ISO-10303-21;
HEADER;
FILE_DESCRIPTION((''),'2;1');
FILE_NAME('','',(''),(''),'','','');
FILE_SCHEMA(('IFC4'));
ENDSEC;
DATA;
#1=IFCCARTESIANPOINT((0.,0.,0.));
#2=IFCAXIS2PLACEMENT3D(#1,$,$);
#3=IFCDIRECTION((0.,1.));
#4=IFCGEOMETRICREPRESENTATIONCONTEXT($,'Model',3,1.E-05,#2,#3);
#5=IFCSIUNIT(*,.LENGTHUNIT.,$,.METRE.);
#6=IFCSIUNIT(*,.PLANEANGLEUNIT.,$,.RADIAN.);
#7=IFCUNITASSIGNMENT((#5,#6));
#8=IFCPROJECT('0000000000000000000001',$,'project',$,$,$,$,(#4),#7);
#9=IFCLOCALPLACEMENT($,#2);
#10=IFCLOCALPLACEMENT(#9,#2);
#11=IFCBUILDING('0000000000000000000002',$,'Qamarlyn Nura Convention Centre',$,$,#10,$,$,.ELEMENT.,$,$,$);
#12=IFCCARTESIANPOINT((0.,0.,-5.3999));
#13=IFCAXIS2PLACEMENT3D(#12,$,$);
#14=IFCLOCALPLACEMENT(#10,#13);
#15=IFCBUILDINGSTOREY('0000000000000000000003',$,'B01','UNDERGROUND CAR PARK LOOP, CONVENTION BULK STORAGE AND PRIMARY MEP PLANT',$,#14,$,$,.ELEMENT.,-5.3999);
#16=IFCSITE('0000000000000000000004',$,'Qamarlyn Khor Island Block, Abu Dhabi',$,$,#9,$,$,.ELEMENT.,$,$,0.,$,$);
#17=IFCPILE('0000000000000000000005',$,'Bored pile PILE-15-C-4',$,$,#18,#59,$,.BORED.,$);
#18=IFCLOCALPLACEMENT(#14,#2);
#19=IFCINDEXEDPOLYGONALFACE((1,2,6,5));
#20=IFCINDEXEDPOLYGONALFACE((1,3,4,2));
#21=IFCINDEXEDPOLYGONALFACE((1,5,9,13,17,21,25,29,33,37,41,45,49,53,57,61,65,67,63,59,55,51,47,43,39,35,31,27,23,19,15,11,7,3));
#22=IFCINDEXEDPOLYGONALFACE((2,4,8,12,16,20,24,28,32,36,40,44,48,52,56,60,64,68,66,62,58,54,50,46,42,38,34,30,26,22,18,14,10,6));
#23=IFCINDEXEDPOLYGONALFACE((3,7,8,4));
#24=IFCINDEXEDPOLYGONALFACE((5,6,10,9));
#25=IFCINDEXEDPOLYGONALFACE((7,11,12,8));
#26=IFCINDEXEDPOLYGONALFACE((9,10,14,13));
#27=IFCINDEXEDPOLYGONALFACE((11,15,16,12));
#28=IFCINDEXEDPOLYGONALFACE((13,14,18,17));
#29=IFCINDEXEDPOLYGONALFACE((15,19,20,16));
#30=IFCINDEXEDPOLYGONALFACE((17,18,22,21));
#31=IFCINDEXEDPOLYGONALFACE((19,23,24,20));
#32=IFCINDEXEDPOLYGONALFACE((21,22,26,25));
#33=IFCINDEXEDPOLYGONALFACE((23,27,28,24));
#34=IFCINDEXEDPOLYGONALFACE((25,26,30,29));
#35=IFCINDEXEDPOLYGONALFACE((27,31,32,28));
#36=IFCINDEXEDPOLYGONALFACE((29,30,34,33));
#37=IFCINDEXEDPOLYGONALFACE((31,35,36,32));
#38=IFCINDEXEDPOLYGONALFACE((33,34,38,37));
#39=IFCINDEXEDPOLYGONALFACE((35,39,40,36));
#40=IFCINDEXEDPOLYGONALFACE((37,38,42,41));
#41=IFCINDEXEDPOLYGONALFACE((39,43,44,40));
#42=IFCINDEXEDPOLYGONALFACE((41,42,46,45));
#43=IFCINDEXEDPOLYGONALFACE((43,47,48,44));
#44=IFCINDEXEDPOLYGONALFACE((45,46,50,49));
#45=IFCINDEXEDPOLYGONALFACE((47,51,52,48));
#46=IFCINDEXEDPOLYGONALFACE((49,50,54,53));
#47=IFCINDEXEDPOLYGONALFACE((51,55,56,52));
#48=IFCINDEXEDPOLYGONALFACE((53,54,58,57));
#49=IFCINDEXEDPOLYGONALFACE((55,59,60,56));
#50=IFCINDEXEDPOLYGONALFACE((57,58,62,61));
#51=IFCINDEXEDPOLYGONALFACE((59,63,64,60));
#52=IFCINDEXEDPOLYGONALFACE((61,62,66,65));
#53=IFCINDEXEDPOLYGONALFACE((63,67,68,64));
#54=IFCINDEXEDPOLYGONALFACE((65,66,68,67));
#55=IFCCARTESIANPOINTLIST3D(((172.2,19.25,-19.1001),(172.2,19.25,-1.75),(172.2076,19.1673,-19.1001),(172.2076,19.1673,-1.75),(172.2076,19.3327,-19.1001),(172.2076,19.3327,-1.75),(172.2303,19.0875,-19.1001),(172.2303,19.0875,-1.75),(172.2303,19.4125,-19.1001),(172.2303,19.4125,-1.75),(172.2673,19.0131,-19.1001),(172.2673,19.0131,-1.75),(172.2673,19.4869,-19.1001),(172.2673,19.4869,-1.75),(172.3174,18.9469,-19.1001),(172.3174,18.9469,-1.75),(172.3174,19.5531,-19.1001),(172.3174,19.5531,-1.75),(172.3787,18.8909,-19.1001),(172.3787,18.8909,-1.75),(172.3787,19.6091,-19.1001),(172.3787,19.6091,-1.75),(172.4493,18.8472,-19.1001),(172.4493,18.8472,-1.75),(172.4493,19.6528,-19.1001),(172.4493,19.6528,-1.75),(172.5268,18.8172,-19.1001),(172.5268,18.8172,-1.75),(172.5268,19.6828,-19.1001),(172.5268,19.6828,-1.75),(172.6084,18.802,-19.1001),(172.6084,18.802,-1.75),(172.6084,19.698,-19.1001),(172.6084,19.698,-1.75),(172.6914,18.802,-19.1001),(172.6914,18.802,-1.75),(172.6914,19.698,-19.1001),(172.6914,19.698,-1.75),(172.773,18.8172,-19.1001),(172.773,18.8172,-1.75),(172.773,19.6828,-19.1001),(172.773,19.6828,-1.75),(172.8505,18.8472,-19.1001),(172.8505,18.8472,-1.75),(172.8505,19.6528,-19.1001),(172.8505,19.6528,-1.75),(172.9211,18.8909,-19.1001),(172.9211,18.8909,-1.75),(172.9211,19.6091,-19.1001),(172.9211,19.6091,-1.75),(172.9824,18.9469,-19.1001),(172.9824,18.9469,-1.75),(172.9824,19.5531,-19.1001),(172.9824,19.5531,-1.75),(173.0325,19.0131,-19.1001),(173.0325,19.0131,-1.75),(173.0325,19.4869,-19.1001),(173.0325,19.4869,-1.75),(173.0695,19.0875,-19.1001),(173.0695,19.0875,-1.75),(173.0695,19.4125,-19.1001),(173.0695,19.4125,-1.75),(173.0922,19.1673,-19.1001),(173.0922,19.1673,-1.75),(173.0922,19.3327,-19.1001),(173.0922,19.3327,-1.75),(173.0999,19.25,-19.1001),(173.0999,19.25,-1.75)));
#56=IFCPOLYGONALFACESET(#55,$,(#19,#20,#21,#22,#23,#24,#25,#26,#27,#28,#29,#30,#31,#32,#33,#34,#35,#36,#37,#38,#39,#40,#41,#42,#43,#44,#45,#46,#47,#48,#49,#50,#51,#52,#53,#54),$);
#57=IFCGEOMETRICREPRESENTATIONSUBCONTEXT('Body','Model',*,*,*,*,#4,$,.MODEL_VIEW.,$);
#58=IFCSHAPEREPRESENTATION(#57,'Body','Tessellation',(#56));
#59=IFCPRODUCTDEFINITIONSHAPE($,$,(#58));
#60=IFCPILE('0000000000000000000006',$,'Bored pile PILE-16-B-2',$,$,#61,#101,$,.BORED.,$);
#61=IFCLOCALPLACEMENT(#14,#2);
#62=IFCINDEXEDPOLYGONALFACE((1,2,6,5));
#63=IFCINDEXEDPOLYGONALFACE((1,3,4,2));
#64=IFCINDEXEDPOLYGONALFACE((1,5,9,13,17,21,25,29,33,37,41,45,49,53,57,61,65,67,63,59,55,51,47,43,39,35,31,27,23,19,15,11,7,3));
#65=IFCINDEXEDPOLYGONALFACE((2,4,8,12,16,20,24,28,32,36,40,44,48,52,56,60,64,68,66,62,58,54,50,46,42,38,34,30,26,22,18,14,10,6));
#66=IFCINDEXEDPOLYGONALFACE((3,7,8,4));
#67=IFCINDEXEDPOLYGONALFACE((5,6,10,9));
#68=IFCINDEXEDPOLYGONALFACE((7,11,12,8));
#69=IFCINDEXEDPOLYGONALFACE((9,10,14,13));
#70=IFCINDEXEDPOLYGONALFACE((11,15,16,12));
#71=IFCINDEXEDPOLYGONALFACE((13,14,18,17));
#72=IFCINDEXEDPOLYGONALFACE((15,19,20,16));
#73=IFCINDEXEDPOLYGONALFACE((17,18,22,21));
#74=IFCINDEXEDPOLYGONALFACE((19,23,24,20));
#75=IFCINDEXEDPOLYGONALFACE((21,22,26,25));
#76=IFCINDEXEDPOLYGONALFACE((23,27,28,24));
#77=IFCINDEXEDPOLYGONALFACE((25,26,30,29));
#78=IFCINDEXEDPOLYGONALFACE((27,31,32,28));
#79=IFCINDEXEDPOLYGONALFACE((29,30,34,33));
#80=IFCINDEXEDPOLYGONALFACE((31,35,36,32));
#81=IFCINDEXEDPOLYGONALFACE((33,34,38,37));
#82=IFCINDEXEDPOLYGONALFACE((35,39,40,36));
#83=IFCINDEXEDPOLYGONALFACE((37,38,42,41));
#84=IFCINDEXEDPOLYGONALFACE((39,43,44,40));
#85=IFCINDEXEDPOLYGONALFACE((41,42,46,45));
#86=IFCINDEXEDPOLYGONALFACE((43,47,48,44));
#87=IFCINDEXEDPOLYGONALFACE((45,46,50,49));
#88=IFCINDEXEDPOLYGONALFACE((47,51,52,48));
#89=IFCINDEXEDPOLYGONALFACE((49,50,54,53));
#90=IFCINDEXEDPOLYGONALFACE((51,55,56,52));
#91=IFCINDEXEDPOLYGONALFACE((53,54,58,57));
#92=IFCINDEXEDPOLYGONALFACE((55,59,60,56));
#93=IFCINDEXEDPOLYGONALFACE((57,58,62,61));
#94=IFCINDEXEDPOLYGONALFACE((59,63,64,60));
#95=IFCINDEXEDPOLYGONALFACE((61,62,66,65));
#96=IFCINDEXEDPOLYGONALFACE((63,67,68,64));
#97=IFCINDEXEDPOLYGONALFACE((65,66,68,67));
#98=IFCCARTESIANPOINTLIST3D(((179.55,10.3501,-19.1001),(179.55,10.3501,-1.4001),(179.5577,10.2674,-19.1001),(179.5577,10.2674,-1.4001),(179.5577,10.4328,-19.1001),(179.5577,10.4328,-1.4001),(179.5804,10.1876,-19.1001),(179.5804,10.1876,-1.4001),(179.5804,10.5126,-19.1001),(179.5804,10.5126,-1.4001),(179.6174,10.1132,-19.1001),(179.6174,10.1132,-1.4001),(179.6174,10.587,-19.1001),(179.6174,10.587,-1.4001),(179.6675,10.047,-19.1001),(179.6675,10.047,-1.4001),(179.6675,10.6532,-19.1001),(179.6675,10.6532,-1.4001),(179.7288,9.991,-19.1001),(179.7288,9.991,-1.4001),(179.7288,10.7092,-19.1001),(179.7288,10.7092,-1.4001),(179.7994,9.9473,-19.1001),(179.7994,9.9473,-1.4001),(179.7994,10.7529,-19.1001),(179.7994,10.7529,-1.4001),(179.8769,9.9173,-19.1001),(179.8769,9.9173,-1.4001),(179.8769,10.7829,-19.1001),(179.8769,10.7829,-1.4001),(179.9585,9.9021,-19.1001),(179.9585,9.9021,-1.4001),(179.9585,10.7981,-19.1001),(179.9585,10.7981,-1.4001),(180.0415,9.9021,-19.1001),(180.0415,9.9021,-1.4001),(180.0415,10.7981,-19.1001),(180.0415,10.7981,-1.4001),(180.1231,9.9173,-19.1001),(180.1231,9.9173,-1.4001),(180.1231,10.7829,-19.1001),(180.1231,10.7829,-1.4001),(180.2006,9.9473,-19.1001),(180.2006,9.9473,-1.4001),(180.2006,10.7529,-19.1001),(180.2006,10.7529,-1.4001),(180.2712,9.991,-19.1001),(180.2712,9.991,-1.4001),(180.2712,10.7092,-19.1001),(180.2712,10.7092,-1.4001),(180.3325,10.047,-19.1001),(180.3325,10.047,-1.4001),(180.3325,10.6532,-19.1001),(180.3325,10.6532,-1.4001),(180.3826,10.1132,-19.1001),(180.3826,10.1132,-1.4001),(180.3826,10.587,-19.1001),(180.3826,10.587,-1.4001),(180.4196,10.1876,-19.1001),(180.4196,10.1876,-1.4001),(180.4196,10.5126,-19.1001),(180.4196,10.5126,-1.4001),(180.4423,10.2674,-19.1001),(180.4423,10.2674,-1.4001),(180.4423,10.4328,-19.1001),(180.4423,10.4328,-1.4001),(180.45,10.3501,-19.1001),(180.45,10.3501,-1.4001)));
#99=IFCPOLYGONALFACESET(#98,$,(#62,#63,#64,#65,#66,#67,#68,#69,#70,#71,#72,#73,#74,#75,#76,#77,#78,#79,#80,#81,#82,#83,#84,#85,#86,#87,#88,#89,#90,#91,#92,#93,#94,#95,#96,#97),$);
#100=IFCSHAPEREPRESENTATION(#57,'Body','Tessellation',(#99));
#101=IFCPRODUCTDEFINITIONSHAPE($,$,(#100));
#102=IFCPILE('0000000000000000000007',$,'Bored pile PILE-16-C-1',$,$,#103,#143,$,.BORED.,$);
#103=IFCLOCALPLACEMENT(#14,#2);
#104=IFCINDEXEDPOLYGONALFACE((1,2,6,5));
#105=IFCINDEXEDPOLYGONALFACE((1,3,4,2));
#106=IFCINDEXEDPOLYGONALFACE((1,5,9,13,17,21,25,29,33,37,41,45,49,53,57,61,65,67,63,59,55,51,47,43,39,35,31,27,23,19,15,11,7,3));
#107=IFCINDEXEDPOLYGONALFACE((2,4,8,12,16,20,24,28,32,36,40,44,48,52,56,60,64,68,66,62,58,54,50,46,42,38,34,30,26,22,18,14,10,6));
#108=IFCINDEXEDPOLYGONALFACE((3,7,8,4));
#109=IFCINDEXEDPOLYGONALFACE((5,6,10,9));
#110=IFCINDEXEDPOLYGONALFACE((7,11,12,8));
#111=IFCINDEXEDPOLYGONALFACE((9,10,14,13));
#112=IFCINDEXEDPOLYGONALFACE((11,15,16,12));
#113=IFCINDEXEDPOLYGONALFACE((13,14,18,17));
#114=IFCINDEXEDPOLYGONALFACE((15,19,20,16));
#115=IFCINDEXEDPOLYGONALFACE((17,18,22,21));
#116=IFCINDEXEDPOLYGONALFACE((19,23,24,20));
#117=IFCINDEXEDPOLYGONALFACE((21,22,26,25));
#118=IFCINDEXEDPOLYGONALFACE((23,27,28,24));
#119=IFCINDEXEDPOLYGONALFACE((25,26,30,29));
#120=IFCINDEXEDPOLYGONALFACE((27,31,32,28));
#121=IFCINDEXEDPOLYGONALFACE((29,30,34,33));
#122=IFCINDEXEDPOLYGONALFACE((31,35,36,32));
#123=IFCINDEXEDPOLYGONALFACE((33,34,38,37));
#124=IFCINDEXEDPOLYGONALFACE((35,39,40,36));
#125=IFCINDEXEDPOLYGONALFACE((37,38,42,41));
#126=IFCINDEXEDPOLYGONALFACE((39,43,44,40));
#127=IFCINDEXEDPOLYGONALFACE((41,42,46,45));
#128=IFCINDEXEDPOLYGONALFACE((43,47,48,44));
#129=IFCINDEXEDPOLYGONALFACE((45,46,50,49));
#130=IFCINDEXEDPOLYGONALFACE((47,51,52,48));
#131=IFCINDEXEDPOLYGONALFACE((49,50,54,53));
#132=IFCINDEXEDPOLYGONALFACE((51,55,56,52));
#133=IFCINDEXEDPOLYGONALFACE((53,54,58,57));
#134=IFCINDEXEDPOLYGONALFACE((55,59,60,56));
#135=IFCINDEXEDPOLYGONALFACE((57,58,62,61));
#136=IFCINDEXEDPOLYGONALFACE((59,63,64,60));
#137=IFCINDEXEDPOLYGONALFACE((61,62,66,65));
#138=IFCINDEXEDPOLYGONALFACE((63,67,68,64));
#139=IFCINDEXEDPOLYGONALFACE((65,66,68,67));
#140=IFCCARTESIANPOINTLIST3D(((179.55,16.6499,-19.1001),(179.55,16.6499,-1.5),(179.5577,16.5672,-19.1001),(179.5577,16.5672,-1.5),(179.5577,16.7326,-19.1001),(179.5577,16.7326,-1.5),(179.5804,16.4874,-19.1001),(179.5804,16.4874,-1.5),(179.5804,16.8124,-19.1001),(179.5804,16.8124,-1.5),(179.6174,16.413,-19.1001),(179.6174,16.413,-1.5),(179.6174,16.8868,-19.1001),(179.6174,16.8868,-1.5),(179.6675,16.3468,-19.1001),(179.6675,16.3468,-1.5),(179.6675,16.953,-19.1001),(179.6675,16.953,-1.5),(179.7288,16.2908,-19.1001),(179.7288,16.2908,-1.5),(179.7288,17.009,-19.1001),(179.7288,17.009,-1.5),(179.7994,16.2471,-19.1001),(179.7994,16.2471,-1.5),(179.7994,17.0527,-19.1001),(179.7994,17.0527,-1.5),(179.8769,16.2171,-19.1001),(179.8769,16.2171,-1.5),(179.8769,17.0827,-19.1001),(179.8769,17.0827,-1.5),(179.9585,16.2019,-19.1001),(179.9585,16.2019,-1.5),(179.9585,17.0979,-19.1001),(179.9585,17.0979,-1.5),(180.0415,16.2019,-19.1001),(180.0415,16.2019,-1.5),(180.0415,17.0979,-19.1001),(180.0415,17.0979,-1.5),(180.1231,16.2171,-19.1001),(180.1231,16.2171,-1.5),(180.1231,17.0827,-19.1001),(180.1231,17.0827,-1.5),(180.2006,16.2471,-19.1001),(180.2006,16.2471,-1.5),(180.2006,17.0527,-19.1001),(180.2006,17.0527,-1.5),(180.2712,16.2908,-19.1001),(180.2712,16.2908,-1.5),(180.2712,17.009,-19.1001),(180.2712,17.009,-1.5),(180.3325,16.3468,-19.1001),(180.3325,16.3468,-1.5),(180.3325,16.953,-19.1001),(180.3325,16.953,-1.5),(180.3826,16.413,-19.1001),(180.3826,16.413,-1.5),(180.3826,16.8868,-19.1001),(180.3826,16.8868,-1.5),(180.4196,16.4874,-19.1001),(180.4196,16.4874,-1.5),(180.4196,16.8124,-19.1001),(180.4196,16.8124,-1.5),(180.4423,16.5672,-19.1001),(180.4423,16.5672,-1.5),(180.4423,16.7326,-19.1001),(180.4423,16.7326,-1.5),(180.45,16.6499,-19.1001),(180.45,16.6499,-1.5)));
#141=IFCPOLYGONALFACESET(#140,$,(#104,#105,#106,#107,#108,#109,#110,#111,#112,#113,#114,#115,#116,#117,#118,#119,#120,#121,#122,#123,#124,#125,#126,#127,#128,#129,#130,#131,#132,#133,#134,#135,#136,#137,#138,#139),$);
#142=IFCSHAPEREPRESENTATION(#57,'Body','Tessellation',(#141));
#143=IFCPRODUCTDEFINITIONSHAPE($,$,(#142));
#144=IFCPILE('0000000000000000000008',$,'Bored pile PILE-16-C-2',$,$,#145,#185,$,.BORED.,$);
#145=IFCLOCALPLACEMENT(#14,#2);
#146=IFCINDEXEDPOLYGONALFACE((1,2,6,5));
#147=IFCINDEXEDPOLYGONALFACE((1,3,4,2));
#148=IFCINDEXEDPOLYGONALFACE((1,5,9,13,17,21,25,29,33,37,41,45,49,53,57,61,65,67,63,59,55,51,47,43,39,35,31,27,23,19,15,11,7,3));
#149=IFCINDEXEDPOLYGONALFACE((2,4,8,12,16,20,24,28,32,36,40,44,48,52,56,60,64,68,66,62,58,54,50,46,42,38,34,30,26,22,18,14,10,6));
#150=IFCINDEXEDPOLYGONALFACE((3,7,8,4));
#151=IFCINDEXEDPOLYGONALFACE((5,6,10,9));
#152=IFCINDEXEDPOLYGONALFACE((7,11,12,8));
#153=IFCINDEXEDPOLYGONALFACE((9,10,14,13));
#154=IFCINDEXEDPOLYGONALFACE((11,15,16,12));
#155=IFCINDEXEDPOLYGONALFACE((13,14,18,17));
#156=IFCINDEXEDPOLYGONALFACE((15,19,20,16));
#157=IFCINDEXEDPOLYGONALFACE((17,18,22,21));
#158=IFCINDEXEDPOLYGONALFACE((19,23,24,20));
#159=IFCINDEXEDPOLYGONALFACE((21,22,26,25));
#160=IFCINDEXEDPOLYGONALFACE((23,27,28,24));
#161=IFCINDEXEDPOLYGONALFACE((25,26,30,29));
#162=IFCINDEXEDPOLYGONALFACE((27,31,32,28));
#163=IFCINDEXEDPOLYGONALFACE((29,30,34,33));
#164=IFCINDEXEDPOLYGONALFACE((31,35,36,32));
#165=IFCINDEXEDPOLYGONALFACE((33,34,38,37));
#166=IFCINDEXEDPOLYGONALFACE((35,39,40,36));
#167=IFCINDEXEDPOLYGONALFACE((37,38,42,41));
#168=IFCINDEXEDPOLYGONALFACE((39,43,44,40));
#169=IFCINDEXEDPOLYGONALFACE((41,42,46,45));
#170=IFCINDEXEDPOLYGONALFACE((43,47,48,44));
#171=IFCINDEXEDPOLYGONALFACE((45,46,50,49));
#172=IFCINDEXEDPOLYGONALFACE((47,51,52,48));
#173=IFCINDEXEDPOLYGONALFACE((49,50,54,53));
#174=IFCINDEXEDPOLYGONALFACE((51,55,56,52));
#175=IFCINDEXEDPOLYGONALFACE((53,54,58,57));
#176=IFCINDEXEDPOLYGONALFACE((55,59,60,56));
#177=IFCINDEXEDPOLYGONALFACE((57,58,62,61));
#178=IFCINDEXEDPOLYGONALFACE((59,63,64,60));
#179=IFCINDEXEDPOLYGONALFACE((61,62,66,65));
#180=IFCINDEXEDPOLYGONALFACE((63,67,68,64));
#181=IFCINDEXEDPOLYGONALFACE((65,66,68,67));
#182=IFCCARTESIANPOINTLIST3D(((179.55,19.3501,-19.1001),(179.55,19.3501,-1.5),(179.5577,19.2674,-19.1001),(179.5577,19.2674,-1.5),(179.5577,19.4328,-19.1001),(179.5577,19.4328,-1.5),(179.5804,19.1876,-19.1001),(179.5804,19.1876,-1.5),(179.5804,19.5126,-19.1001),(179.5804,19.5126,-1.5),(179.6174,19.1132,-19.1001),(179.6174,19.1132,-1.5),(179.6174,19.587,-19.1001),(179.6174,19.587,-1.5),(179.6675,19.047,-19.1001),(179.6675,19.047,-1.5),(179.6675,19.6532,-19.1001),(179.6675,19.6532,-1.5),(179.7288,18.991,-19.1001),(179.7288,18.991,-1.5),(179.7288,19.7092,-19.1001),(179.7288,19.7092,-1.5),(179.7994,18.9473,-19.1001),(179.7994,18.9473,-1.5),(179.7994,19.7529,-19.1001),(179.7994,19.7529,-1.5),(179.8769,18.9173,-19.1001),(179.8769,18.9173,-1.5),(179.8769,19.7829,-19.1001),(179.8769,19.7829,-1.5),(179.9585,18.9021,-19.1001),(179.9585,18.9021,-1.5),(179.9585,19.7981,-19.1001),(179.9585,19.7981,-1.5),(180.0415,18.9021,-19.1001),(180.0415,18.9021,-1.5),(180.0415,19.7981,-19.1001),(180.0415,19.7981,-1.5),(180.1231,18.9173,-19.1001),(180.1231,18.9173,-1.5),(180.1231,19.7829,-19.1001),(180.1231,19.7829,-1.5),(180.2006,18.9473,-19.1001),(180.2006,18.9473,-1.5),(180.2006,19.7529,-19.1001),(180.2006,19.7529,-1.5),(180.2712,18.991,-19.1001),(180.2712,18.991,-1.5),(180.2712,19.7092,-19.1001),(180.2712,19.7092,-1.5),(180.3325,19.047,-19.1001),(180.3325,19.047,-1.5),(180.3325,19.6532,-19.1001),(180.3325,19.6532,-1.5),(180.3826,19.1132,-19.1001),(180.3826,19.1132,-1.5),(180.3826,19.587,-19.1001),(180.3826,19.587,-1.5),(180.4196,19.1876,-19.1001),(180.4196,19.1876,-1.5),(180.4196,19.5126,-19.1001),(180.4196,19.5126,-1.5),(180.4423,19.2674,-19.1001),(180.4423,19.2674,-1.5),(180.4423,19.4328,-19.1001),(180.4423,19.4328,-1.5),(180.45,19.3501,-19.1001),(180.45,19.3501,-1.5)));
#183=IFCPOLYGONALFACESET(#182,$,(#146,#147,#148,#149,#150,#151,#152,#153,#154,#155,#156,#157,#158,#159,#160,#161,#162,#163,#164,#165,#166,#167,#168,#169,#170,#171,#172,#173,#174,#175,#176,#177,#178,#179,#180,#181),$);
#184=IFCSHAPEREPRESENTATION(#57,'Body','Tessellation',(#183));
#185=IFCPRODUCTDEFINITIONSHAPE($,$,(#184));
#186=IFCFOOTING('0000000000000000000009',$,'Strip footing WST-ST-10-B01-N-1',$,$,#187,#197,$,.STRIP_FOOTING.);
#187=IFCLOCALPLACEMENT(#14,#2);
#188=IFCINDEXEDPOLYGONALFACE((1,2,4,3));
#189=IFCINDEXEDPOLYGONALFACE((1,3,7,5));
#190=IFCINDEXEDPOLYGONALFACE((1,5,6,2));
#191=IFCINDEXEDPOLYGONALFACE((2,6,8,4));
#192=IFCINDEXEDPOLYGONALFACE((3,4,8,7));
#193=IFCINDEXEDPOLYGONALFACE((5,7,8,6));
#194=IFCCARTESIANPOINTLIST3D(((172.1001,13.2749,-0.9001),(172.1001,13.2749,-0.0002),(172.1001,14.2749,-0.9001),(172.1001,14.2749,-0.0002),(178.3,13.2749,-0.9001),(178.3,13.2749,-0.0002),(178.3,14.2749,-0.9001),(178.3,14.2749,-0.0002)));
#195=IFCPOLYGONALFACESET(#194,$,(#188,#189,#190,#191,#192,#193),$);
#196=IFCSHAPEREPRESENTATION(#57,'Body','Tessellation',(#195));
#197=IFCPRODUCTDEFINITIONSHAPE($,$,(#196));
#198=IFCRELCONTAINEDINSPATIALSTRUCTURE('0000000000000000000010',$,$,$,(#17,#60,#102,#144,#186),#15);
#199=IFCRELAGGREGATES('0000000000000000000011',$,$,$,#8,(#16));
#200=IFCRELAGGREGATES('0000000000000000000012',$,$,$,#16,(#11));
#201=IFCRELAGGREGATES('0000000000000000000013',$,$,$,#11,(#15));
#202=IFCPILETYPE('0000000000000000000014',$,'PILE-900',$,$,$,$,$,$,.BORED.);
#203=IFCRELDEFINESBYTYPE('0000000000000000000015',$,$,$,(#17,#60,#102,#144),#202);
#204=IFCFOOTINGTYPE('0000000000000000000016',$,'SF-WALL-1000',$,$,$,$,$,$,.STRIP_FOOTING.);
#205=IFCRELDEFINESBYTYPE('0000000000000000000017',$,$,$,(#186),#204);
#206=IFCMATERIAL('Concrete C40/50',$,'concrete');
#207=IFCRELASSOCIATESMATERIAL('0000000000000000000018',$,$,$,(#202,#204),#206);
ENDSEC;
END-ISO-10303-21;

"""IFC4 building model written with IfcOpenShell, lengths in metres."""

from ifc_helpers import new_model, si_unit, direction, frame, origin, origin_2d, place, context, subcontext, project, spatial, rectangle, circle, extrude, material, material_profile, profile_set, type_object, element, save


model = new_model("IFC4")

# Units and contexts
model_context = context("Model", 3, precision=1e-05, world=origin(), true_north=direction((0.0, 1.0)))
body_context = subcontext(model_context, "Body", "Model", "MODEL_VIEW")
ifc_project = project(units=[si_unit("LENGTHUNIT", "METRE"), si_unit("PLANEANGLEUNIT", "RADIAN")], contexts=[model_context])

# Site, building, storey
site_placement = place(None, origin())
site = spatial("IfcSite", under=ifc_project, at=site_placement, Name="Qamarlyn Khor Island Block, Abu Dhabi", CompositionType="ELEMENT", RefElevation=0.0)
building_placement = place(site_placement, origin())
building = spatial("IfcBuilding", under=site, at=building_placement, Name="Qamarlyn Nura Convention Centre", CompositionType="ELEMENT")
storey_placement = place(building_placement, frame((0.0, 0.0, -5.3999)))
storey = spatial("IfcBuildingStorey", under=building, at=storey_placement, Name="B01", Description="UNDERGROUND CAR PARK LOOP, CONVENTION BULK STORAGE AND PRIMARY MEP PLANT", CompositionType="ELEMENT", Elevation=-5.3999)

# Shared definitions
ifc_material_1 = material(Name="Concrete C40/50", Category="concrete")

# Piles
ifc_material_profile_1 = material_profile(ifc_material_1, circle(Radius=0.45, at=origin_2d()), Name="BORED PILE 900")
ifc_profile_set_1 = profile_set([ifc_material_profile_1], Name="Concrete C40/50")
pile_type = type_object("IfcPileType", Name="PILE-900", PredefinedType="BORED", material=ifc_profile_set_1)
for number, where, z_axis, x_axis, name in (
    (1, (172.6499, 19.25, -1.75), (0.0, 0.0, -1.0), (1.0, 0.0, 0.0), "Bored pile PILE-15-C-4"),
):
    element("IfcPile", number, at=place(storey_placement, frame(where, z_axis=z_axis, x_axis=x_axis)), inside=storey, type_object=pile_type, Name=name, PredefinedType="BORED", context=body_context, shape_type="SweptSolid", body=[
        extrude(circle(Radius=0.45, at=origin_2d()), origin(), (0.0, 0.0, 1.0), 17.3501),
    ])
pile_1_placement = place(storey_placement, frame((180.0, 10.3501, -1.4001), z_axis=(0.0, 0.0, -1.0), x_axis=(1.0, 0.0, 0.0)))
element("IfcPile", 2, at=pile_1_placement, inside=storey, type_object=pile_type, Name="Bored pile PILE-16-B-2", PredefinedType="BORED", context=body_context, shape_type="SweptSolid", body=[
    extrude(circle(Radius=0.45, at=origin_2d()), origin(), (0.0, 0.0, 1.0), 17.7),
])
for number, where, z_axis, x_axis, name in (
    (3, (180.0, 16.6499, -1.5), (0.0, 0.0, -1.0), (1.0, 0.0, 0.0), "Bored pile PILE-16-C-1"),
    (4, (180.0, 19.3501, -1.5), (0.0, 0.0, -1.0), (1.0, 0.0, 0.0), "Bored pile PILE-16-C-2"),
):
    element("IfcPile", number, at=place(storey_placement, frame(where, z_axis=z_axis, x_axis=x_axis)), inside=storey, type_object=pile_type, Name=name, PredefinedType="BORED", context=body_context, shape_type="SweptSolid", body=[
        extrude(circle(Radius=0.45, at=origin_2d()), origin(), (0.0, 0.0, 1.0), 17.6001),
    ])

# Footing
ifc_material_profile_2 = material_profile(ifc_material_1, rectangle(XDim=1.0, YDim=0.8999, at=origin_2d()), Name="RC STRIP 1000x900")
ifc_profile_set_2 = profile_set([ifc_material_profile_2], Name="Concrete C40/50")
footing_type_1 = type_object("IfcFootingType", Name="SF-WALL-1000", PredefinedType="STRIP_FOOTING", material=ifc_profile_set_2)
footing_1_placement = place(storey_placement, frame((178.3, 13.7749, -0.4502), z_axis=(-1.0, 0.0, 0.0), x_axis=(0.0, -1.0, 0.0)))
element("IfcFooting", 5, at=footing_1_placement, inside=storey, type_object=footing_type_1, Name="Strip footing WST-ST-10-B01-N-1", PredefinedType="STRIP_FOOTING", context=body_context, shape_type="SweptSolid", body=[
    extrude(rectangle(XDim=1.0, YDim=0.8999, at=origin_2d()), origin(), (0.0, 0.0, 1.0), 6.2),
])

save(model, "model.ifc")
